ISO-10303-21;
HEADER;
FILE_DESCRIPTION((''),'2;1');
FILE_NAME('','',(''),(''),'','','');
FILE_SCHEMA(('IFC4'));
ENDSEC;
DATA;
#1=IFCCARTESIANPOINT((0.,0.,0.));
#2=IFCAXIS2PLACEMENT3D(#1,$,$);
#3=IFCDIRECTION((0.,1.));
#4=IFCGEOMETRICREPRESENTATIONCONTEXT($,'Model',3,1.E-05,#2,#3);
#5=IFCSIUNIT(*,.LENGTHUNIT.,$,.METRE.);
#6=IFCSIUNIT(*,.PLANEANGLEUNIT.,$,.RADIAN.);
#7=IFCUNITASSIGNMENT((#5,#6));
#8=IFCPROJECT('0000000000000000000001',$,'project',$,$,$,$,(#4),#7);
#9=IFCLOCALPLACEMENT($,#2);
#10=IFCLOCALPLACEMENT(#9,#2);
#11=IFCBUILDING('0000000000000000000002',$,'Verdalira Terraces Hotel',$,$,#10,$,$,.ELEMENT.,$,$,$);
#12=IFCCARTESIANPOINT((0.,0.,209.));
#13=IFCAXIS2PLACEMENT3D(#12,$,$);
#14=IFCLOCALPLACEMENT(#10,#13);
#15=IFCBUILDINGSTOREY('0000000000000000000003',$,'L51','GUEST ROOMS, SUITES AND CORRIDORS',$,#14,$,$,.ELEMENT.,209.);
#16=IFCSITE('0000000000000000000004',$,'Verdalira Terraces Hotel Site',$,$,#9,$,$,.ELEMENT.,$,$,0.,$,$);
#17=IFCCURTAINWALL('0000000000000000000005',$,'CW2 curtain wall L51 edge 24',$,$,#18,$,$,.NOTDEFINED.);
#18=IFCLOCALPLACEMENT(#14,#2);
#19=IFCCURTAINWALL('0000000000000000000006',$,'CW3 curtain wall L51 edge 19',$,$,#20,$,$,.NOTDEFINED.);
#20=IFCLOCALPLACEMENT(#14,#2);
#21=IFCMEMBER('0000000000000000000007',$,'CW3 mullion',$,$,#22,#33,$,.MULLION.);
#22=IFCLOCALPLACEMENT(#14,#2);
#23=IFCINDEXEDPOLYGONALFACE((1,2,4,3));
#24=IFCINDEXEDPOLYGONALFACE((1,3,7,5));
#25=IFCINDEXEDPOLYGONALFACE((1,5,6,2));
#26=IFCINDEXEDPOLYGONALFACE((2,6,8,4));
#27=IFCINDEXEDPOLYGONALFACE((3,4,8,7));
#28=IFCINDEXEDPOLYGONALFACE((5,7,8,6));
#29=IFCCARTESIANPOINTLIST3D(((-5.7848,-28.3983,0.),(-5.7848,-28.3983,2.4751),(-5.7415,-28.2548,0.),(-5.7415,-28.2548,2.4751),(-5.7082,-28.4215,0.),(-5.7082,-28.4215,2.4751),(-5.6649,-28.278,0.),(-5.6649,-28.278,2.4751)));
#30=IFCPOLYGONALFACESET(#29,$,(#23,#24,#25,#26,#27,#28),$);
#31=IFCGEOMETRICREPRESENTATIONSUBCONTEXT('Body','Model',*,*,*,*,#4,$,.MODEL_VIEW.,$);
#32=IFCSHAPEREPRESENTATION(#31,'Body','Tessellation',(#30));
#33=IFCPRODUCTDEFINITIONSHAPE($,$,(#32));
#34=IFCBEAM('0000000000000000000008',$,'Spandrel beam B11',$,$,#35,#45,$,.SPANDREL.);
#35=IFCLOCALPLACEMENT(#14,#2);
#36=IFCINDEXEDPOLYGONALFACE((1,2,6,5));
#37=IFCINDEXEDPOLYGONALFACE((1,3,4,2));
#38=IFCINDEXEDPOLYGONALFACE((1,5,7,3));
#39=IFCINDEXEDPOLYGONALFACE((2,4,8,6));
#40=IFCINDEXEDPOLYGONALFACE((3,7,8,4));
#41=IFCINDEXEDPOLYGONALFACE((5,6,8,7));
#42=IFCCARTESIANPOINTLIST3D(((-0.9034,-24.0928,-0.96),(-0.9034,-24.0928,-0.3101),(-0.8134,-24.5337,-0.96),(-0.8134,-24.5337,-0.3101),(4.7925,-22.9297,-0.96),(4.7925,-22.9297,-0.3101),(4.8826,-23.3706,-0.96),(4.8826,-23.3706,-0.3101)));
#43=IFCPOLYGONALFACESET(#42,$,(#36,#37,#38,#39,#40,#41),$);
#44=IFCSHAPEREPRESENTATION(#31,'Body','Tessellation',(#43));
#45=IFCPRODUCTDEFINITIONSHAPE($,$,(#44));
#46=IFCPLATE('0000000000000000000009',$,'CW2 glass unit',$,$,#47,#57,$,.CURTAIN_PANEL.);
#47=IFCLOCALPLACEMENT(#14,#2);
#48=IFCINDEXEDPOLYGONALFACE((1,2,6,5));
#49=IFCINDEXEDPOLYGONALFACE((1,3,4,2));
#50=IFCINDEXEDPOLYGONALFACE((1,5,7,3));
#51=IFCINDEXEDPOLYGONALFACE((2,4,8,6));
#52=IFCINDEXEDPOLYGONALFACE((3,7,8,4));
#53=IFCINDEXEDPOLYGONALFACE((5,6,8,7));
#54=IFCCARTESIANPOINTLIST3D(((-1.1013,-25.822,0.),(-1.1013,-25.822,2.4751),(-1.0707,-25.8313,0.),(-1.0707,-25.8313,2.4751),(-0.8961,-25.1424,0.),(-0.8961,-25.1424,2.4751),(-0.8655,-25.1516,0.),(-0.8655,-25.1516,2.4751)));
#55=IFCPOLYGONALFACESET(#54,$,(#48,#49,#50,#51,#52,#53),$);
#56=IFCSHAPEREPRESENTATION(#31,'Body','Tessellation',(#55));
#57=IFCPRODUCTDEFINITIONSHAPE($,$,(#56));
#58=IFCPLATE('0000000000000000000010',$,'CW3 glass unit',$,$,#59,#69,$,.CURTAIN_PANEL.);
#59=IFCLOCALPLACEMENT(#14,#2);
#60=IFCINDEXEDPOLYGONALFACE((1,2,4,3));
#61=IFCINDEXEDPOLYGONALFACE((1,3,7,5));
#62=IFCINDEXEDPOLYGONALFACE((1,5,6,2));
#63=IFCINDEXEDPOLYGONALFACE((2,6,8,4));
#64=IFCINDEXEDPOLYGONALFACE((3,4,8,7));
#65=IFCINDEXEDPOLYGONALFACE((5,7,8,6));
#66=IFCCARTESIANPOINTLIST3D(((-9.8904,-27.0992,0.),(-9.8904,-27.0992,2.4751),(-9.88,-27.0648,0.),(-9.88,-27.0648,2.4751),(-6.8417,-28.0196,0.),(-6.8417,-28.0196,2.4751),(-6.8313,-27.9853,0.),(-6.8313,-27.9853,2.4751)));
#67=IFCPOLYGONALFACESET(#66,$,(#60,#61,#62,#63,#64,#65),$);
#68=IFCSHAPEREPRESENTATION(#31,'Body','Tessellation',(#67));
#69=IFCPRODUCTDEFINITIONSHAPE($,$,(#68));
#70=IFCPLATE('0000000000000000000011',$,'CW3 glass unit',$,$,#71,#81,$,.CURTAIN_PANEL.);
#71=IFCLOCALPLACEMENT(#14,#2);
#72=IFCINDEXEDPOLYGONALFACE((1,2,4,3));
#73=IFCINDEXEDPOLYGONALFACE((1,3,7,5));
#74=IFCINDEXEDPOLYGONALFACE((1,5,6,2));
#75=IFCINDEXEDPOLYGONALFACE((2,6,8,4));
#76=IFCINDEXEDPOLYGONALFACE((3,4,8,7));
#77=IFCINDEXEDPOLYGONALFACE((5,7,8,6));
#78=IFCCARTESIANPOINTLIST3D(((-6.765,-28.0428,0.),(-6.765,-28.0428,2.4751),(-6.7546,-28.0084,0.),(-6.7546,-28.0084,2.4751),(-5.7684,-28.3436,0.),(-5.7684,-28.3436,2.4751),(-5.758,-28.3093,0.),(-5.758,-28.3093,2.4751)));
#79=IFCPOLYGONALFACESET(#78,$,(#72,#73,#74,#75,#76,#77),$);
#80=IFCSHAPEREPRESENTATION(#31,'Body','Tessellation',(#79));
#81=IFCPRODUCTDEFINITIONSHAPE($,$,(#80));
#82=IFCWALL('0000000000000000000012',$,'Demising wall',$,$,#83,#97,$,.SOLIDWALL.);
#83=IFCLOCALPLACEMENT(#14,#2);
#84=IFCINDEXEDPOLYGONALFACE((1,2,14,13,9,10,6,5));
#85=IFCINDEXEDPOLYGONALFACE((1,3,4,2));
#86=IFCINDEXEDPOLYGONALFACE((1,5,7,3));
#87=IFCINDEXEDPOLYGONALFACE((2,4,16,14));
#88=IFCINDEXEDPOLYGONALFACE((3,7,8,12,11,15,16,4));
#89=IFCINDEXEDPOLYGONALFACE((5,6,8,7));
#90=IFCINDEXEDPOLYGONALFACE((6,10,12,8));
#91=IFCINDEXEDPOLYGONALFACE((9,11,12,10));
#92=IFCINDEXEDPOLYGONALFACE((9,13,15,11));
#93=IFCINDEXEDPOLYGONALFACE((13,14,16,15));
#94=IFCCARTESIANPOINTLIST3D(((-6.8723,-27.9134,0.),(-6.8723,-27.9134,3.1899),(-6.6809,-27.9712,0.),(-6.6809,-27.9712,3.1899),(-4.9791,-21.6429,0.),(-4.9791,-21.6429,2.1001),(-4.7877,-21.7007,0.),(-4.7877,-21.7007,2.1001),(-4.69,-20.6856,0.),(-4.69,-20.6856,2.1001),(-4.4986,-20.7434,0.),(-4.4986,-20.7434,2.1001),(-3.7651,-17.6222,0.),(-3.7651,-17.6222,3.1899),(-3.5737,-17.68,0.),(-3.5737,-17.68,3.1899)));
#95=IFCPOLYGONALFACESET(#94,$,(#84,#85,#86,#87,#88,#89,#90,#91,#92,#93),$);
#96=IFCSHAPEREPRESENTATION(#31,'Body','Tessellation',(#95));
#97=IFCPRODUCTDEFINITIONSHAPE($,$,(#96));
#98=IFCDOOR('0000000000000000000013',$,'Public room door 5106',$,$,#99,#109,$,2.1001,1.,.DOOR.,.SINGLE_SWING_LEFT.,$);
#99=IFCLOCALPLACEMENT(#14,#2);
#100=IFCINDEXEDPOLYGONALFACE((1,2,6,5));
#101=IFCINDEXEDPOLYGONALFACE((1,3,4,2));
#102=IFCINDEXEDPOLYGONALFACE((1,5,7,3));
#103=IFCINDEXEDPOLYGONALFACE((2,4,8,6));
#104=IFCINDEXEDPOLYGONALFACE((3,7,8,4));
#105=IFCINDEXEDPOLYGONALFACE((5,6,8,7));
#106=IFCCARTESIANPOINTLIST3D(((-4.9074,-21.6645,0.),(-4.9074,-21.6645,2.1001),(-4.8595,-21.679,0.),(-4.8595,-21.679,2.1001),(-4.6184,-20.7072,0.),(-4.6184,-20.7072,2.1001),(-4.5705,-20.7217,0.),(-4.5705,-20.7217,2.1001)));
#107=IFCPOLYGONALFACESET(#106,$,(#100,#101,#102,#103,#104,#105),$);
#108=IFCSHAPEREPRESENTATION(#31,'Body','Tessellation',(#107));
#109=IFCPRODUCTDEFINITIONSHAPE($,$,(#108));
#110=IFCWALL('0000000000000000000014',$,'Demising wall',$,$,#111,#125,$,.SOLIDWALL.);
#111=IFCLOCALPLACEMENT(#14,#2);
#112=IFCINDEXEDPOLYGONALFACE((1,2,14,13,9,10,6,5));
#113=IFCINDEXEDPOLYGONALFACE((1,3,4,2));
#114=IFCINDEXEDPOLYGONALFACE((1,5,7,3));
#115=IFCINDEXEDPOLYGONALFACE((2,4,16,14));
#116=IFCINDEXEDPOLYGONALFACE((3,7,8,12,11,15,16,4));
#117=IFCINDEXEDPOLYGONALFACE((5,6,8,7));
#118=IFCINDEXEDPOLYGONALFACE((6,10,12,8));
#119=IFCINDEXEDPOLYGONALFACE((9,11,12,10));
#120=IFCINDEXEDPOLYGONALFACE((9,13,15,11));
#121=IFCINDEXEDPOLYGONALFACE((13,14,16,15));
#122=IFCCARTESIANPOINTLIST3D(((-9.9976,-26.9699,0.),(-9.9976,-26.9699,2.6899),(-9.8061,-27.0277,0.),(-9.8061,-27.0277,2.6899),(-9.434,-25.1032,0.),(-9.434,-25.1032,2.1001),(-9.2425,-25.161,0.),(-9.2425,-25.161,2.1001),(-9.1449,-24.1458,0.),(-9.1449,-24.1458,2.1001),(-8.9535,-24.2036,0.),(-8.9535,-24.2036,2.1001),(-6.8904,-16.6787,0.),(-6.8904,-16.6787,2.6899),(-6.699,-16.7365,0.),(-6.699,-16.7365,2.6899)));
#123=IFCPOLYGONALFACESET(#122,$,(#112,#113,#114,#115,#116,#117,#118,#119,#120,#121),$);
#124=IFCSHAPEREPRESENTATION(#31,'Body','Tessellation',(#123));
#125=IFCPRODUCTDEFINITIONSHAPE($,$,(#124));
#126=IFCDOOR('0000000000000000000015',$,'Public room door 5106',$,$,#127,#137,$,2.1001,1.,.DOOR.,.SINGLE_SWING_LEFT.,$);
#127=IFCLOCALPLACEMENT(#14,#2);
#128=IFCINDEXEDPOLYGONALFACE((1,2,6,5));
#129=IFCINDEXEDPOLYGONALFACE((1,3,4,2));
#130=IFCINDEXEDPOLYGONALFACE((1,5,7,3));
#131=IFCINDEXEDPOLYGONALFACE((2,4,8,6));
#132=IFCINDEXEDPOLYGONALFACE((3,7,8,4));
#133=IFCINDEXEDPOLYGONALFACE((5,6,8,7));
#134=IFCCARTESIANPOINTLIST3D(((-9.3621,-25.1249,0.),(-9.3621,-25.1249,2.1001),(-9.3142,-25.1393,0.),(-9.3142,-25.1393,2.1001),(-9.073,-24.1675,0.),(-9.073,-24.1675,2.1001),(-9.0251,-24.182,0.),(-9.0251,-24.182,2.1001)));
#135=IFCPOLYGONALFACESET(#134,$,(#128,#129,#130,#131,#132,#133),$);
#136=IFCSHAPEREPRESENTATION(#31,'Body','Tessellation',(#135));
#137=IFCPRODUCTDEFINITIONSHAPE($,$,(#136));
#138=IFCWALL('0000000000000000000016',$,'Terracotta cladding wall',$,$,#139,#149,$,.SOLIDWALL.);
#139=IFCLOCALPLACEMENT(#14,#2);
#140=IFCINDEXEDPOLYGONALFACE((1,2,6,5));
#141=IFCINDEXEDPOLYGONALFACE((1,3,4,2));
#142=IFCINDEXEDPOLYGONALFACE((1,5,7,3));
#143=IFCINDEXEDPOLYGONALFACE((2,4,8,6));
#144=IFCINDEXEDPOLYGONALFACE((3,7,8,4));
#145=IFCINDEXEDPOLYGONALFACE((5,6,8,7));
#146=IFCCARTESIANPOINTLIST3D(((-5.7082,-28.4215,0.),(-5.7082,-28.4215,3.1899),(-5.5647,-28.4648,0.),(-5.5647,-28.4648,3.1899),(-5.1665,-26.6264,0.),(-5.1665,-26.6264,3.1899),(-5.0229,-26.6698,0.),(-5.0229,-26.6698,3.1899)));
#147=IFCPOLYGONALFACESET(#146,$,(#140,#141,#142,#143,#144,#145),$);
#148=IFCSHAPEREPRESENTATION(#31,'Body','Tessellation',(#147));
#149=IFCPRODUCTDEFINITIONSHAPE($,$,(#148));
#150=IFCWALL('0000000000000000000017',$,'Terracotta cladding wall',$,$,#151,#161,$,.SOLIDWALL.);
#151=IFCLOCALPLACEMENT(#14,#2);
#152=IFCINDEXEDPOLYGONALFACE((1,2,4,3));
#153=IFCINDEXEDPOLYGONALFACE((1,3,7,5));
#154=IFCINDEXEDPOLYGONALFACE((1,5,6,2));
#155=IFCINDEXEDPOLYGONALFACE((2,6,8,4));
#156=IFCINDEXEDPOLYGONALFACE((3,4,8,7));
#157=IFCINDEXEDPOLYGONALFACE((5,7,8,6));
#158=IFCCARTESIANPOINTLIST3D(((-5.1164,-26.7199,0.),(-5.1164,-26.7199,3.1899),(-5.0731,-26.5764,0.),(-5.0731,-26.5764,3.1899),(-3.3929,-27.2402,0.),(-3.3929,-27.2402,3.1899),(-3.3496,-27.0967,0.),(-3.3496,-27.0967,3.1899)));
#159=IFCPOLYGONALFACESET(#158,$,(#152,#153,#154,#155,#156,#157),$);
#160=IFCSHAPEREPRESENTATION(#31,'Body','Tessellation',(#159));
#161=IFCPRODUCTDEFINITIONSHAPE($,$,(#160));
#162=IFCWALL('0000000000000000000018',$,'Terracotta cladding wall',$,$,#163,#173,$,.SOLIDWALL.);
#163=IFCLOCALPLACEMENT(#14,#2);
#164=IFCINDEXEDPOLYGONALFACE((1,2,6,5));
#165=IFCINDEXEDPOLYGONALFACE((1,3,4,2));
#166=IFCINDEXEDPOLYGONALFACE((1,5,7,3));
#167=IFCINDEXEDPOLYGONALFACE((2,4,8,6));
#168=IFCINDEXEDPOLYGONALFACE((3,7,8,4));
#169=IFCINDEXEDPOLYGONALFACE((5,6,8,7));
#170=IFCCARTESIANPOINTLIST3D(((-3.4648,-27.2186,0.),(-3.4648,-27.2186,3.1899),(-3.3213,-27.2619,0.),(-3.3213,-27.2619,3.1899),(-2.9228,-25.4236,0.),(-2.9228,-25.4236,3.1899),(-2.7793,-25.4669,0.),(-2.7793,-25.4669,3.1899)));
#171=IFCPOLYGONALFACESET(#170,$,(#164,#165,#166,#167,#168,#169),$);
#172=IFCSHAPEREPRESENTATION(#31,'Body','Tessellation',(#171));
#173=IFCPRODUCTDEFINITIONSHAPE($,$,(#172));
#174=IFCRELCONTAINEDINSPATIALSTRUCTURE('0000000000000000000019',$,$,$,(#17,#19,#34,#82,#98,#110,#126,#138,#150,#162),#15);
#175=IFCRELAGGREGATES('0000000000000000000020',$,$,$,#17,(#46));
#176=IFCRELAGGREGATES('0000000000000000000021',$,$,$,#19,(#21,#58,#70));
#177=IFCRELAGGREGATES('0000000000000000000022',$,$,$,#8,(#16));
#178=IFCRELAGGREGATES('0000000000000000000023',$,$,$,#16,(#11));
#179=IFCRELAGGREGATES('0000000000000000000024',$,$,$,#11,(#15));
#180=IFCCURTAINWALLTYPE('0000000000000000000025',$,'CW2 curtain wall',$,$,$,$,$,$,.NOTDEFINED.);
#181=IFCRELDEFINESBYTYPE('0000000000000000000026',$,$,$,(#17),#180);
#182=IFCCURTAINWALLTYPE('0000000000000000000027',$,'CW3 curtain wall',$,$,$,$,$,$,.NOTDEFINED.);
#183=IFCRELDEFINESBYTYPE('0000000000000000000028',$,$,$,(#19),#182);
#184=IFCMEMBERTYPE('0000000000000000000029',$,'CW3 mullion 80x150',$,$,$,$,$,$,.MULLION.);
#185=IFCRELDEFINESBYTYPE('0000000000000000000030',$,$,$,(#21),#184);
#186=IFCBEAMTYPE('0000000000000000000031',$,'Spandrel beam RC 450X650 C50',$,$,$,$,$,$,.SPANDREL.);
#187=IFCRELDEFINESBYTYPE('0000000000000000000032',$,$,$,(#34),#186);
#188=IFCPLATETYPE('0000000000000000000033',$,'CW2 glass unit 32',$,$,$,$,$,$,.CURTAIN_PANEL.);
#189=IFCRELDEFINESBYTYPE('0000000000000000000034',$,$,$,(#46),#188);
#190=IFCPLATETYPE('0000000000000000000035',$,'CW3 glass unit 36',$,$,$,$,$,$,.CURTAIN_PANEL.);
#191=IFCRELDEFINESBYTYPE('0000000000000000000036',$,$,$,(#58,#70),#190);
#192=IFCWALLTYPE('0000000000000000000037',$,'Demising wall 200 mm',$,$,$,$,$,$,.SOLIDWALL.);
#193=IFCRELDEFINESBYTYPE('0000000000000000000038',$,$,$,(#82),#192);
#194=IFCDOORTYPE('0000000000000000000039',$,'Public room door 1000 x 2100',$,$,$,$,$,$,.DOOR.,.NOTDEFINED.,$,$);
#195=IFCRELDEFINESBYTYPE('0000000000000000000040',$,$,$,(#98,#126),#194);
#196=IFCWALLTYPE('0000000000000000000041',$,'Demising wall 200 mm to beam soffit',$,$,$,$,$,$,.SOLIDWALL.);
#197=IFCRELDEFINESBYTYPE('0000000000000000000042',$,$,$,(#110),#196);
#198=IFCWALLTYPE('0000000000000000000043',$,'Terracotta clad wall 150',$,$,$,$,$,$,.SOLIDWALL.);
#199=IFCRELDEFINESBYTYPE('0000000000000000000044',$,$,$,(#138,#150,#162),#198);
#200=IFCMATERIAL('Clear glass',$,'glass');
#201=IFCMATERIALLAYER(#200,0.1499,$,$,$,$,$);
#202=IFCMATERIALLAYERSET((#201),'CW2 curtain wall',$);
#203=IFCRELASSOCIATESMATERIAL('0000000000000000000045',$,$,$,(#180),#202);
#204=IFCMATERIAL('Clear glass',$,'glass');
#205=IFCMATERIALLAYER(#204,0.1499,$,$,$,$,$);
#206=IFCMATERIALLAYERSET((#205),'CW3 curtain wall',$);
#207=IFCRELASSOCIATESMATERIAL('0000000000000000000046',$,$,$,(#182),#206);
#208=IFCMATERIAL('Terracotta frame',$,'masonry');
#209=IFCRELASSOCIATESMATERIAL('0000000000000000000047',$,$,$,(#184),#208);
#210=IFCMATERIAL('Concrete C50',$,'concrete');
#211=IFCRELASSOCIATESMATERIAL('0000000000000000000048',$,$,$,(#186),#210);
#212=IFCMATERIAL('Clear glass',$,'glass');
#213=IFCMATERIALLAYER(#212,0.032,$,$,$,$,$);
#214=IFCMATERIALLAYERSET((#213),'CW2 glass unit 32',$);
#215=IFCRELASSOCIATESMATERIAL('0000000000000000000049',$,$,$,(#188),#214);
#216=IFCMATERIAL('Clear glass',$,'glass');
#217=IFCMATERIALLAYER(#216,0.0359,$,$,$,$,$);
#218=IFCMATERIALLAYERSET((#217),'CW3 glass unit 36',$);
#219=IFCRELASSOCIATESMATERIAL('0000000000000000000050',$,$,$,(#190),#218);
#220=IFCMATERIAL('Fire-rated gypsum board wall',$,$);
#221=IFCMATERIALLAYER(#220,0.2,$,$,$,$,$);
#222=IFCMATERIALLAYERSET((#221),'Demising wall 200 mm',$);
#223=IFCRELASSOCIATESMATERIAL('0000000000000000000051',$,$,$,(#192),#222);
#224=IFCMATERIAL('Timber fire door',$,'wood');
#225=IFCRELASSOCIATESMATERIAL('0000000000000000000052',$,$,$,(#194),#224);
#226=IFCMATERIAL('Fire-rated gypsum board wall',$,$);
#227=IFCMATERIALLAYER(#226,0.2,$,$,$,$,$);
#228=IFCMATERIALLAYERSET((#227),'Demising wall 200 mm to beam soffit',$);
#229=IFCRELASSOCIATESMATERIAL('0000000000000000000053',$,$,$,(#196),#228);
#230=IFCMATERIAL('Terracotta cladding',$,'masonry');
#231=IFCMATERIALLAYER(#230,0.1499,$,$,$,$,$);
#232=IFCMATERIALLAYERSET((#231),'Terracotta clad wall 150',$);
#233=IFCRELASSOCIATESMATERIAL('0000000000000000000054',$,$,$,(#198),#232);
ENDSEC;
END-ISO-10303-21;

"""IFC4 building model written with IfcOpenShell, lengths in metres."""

from ifc_helpers import new_model, si_unit, direction, frame, frame_2d, origin, origin_2d, place, context, subcontext, project, spatial, rectangle, extrude, material, layer, layer_set, material_profile, profile_set, type_object, element, fill, aggregate, save


model = new_model("IFC4")

# Units and contexts
model_context = context("Model", 3, precision=1e-05, world=origin(), true_north=direction((0.0, 1.0)))
body_context = subcontext(model_context, "Body", "Model", "MODEL_VIEW")
ifc_project = project(units=[si_unit("LENGTHUNIT", "METRE"), si_unit("PLANEANGLEUNIT", "RADIAN")], contexts=[model_context])

# Site, building, storey
site_placement = place(None, origin())
site = spatial("IfcSite", under=ifc_project, at=site_placement, Name="Verdalira Terraces Hotel Site", CompositionType="ELEMENT", RefElevation=0.0)
building_placement = place(site_placement, origin())
building = spatial("IfcBuilding", under=site, at=building_placement, Name="Verdalira Terraces Hotel", CompositionType="ELEMENT")
storey_placement = place(building_placement, frame((0.0, 0.0, 209.0)))
storey = spatial("IfcBuildingStorey", under=building, at=storey_placement, Name="L51", Description="GUEST ROOMS, SUITES AND CORRIDORS", CompositionType="ELEMENT", Elevation=209.0)

# Curtain walls, member
ifc_material_1 = material(Name="Clear glass", Category="glass")
ifc_layer_1 = layer(ifc_material_1, 0.1499)
ifc_layer_set_1 = layer_set([ifc_layer_1], Name="CW2 curtain wall")
curtain_wall_type_1 = type_object("IfcCurtainWallType", Name="CW2 curtain wall", PredefinedType="NOTDEFINED", material=ifc_layer_set_1)
curtain_wall_1_placement = place(storey_placement, origin())
curtain_wall_1 = element("IfcCurtainWall", 1, at=curtain_wall_1_placement, inside=storey, type_object=curtain_wall_type_1, Name="CW2 curtain wall L51 edge 24", PredefinedType="NOTDEFINED")
ifc_material_2 = material(Name="Clear glass", Category="glass")
ifc_layer_2 = layer(ifc_material_2, 0.1499)
ifc_layer_set_2 = layer_set([ifc_layer_2], Name="CW3 curtain wall")
curtain_wall_type_2 = type_object("IfcCurtainWallType", Name="CW3 curtain wall", PredefinedType="NOTDEFINED", material=ifc_layer_set_2)
curtain_wall_2_placement = place(storey_placement, origin())
curtain_wall_2 = element("IfcCurtainWall", 2, at=curtain_wall_2_placement, inside=storey, type_object=curtain_wall_type_2, Name="CW3 curtain wall L51 edge 19", PredefinedType="NOTDEFINED")
ifc_material_3 = material(Name="Terracotta frame", Category="masonry")
ifc_material_profile_1 = material_profile(ifc_material_3, rectangle(XDim=0.0801, YDim=0.1499, at=origin_2d()), Name="MU 80x150")
ifc_profile_set_1 = profile_set([ifc_material_profile_1], Name="Terracotta frame")
member_type_1 = type_object("IfcMemberType", Name="CW3 mullion 80x150", PredefinedType="MULLION", material=ifc_profile_set_1)
member_1_placement = place(storey_placement, frame((-5.7249, -28.3381, 0.0), z_axis=(0.0, 0.0, 1.0), x_axis=(0.957319, -0.289032, 0.0)))
member_1 = element("IfcMember", 3, at=member_1_placement, type_object=member_type_1, Name="CW3 mullion", PredefinedType="MULLION", context=body_context, shape_type="SweptSolid", body=[
    extrude(rectangle(XDim=0.0801, YDim=0.1499, at=origin_2d()), origin(), (0.0, 0.0, 1.0), 2.4751),
])

# Beam
ifc_material_4 = material(Name="Concrete C50", Category="concrete")
ifc_material_profile_2 = material_profile(ifc_material_4, rectangle(XDim=0.45, YDim=0.6499, at=origin_2d()), Name="RC 450X650")
ifc_profile_set_2 = profile_set([ifc_material_profile_2], Name="Concrete C50")
beam_type_1 = type_object("IfcBeamType", Name="Spandrel beam RC 450X650 C50", PredefinedType="SPANDREL", material=ifc_profile_set_2)
beam_1_placement = place(storey_placement, frame((-0.8584, -24.3132, -0.635), z_axis=(0.979783, 0.200064, 0.0), x_axis=(-0.200064, 0.979783, 0.0)))
element("IfcBeam", 4, at=beam_1_placement, inside=storey, type_object=beam_type_1, Name="Spandrel beam B11", PredefinedType="SPANDREL", context=body_context, shape_type="SweptSolid", body=[
    extrude(rectangle(XDim=0.45, YDim=0.6499, at=origin_2d()), origin(), (0.0, 0.0, 1.0), 5.8135),
])

# Plates
ifc_material_5 = material(Name="Clear glass", Category="glass")
ifc_layer_3 = layer(ifc_material_5, 0.032)
ifc_layer_set_3 = layer_set([ifc_layer_3], Name="CW2 glass unit 32")
plate_type_1 = type_object("IfcPlateType", Name="CW2 glass unit 32", PredefinedType="CURTAIN_PANEL", material=ifc_layer_set_3)
plate_1_placement = place(storey_placement, frame((-0.9834, -25.4868, 0.0), z_axis=(0.0, 0.0, 1.0), x_axis=(0.289032, 0.957319, 0.0)))
plate_1 = element("IfcPlate", 5, at=plate_1_placement, type_object=plate_type_1, Name="CW2 glass unit", PredefinedType="CURTAIN_PANEL", context=body_context, shape_type="SweptSolid", body=[
    extrude(rectangle(XDim=0.71, YDim=0.032, at=origin_2d()), origin(), (0.0, 0.0, 1.0), 2.4751),
])
aggregate(curtain_wall_1, [plate_1])
ifc_material_6 = material(Name="Clear glass", Category="glass")
ifc_layer_4 = layer(ifc_material_6, 0.0359)
ifc_layer_set_4 = layer_set([ifc_layer_4], Name="CW3 glass unit 36")
plate_type_2 = type_object("IfcPlateType", Name="CW3 glass unit 36", PredefinedType="CURTAIN_PANEL", material=ifc_layer_set_4)
plate_2_placement = place(storey_placement, frame((-8.3608, -27.5422, 0.0), z_axis=(0.0, 0.0, 1.0), x_axis=(0.957319, -0.289032, 0.0)))
plate_2 = element("IfcPlate", 6, at=plate_2_placement, type_object=plate_type_2, Name="CW3 glass unit", PredefinedType="CURTAIN_PANEL", context=body_context, shape_type="SweptSolid", body=[
    extrude(rectangle(XDim=3.1846, YDim=0.0359, at=origin_2d()), origin(), (0.0, 0.0, 1.0), 2.4751),
])
plate_3_placement = place(storey_placement, frame((-6.2615, -28.176, 0.0), z_axis=(0.0, 0.0, 1.0), x_axis=(0.957319, -0.289032, 0.0)))
plate_3 = element("IfcPlate", 7, at=plate_3_placement, type_object=plate_type_2, Name="CW3 glass unit", PredefinedType="CURTAIN_PANEL", context=body_context, shape_type="SweptSolid", body=[
    extrude(rectangle(XDim=1.041, YDim=0.0359, at=origin_2d()), origin(), (0.0, 0.0, 1.0), 2.4751),
])
aggregate(curtain_wall_2, [member_1, plate_2, plate_3])

# Walls, openings, doors
ifc_material_7 = material(Name="Fire-rated gypsum board wall")
ifc_layer_5 = layer(ifc_material_7, 0.2)
ifc_layer_set_5 = layer_set([ifc_layer_5], Name="Demising wall 200 mm")
wall_type_1 = type_object("IfcWallType", Name="Demising wall 200 mm", PredefinedType="SOLIDWALL", material=ifc_layer_set_5)
wall_1_placement = place(storey_placement, frame((-3.6694, -17.6511, 0.0), z_axis=(0.0, 0.0, 1.0), x_axis=(-0.289037, -0.957318, 0.0)))
wall_1 = element("IfcWall", 8, at=wall_1_placement, inside=storey, type_object=wall_type_1, Name="Demising wall", PredefinedType="SOLIDWALL", context=body_context, shape_type="SweptSolid", body=[
    extrude(rectangle(XDim=10.75, YDim=0.2, at=frame_2d((5.375, 0.0))), origin(), (0.0, 0.0, 1.0), 3.1899),
])
opening_1_placement = place(wall_1_placement, frame((3.2, 0.0, 0.0)))
opening_1 = element("IfcOpeningElement", 9, at=opening_1_placement, cuts=wall_1, PredefinedType="OPENING", context=body_context, shape_type="SweptSolid", body=[
    extrude(rectangle(XDim=1.0, YDim=2.1001, at=frame_2d((0.5, 1.05))), frame((0.0, 0.1099, 0.0), z_axis=(0.0, -1.0, 0.0), x_axis=(1.0, 0.0, 0.0)), (0.0, 0.0, 1.0), 0.22),
])
ifc_material_8 = material(Name="Timber fire door", Category="wood")
door_type = type_object("IfcDoorType", Name="Public room door 1000 x 2100", OperationType="NOTDEFINED", PredefinedType="DOOR", material=ifc_material_8)
door_1_placement = place(opening_1_placement, origin())
door_1 = element("IfcDoor", 10, at=door_1_placement, inside=storey, type_object=door_type, Name="Public room door 5106", OperationType="SINGLE_SWING_LEFT", OverallHeight=2.1001, OverallWidth=1.0, PredefinedType="DOOR", context=body_context, shape_type="SweptSolid", body=[
    extrude(rectangle(XDim=1.0, YDim=2.1001, at=frame_2d((0.5, 1.05))), frame((0.0, 0.0249, 0.0), z_axis=(0.0, -1.0, 0.0), x_axis=(1.0, 0.0, 0.0)), (0.0, 0.0, 1.0), 0.05),
])
fill(opening_1, door_1)
ifc_material_9 = material(Name="Fire-rated gypsum board wall")
ifc_layer_6 = layer(ifc_material_9, 0.2)
ifc_layer_set_6 = layer_set([ifc_layer_6], Name="Demising wall 200 mm to beam soffit")
wall_type_2 = type_object("IfcWallType", Name="Demising wall 200 mm to beam soffit", PredefinedType="SOLIDWALL", material=ifc_layer_set_6)
wall_2_placement = place(storey_placement, frame((-9.9019, -26.9988, 0.0), z_axis=(0.0, 0.0, 1.0), x_axis=(0.289037, 0.957318, 0.0)))
wall_2 = element("IfcWall", 11, at=wall_2_placement, inside=storey, type_object=wall_type_2, Name="Demising wall", PredefinedType="SOLIDWALL", context=body_context, shape_type="SweptSolid", body=[
    extrude(rectangle(XDim=10.75, YDim=0.2, at=frame_2d((5.375, 0.0))), origin(), (0.0, 0.0, 1.0), 2.6899),
])
opening_2_placement = place(wall_2_placement, frame((1.95, 0.0, 0.0)))
opening_2 = element("IfcOpeningElement", 12, at=opening_2_placement, cuts=wall_2, PredefinedType="OPENING", context=body_context, shape_type="SweptSolid", body=[
    extrude(rectangle(XDim=1.0, YDim=2.1001, at=frame_2d((0.5, 1.05))), frame((0.0, 0.1099, 0.0), z_axis=(0.0, -1.0, 0.0), x_axis=(1.0, 0.0, 0.0)), (0.0, 0.0, 1.0), 0.22),
])
door_2_placement = place(opening_2_placement, origin())
door_2 = element("IfcDoor", 13, at=door_2_placement, inside=storey, type_object=door_type, Name="Public room door 5106", OperationType="SINGLE_SWING_LEFT", OverallHeight=2.1001, OverallWidth=1.0, PredefinedType="DOOR", context=body_context, shape_type="SweptSolid", body=[
    extrude(rectangle(XDim=1.0, YDim=2.1001, at=frame_2d((0.5, 1.05))), frame((0.0, 0.0249, 0.0), z_axis=(0.0, -1.0, 0.0), x_axis=(1.0, 0.0, 0.0)), (0.0, 0.0, 1.0), 0.05),
])
fill(opening_2, door_2)

# Walls
ifc_material_10 = material(Name="Terracotta cladding", Category="masonry")
ifc_layer_7 = layer(ifc_material_10, 0.1499)
ifc_layer_set_7 = layer_set([ifc_layer_7], Name="Terracotta clad wall 150")
wall_type_3 = type_object("IfcWallType", Name="Terracotta clad wall 150", PredefinedType="SOLIDWALL", material=ifc_layer_set_7)
wall_3_placement = place(storey_placement, frame((-5.6365, -28.4431, 0.0), z_axis=(0.0, 0.0, 1.0), x_axis=(0.288948, 0.957345, 0.0)))
element("IfcWall", 14, at=wall_3_placement, inside=storey, type_object=wall_type_3, Name="Terracotta cladding wall", PredefinedType="SOLIDWALL", context=body_context, shape_type="SweptSolid", body=[
    extrude(rectangle(XDim=1.875, YDim=0.1499, at=frame_2d((0.9375, 0.0))), origin(), (0.0, 0.0, 1.0), 3.1899),
])
wall_4_placement = place(storey_placement, frame((-5.0947, -26.6482, 0.0), z_axis=(0.0, 0.0, 1.0), x_axis=(0.957328, -0.289002, 0.0)))
element("IfcWall", 15, at=wall_4_placement, inside=storey, type_object=wall_type_3, Name="Terracotta cladding wall", PredefinedType="SOLIDWALL", context=body_context, shape_type="SweptSolid", body=[
    extrude(rectangle(XDim=1.8003, YDim=0.1499, at=frame_2d((0.9001, 0.0))), origin(), (0.0, 0.0, 1.0), 3.1899),
])
for number, where, z_axis, x_axis, name in (
    (16, (-3.3931, -27.2402, 0.0), (0.0, 0.0, 1.0), (0.289068, 0.957309, 0.0), "Terracotta cladding wall"),
):
    element("IfcWall", number, at=place(storey_placement, frame(where, z_axis=z_axis, x_axis=x_axis)), inside=storey, type_object=wall_type_3, Name=name, PredefinedType="SOLIDWALL", context=body_context, shape_type="SweptSolid", body=[
        extrude(rectangle(XDim=1.875, YDim=0.1499, at=frame_2d((0.9375, 0.0))), origin(), (0.0, 0.0, 1.0), 3.1899),
    ])

save(model, "model.ifc")
